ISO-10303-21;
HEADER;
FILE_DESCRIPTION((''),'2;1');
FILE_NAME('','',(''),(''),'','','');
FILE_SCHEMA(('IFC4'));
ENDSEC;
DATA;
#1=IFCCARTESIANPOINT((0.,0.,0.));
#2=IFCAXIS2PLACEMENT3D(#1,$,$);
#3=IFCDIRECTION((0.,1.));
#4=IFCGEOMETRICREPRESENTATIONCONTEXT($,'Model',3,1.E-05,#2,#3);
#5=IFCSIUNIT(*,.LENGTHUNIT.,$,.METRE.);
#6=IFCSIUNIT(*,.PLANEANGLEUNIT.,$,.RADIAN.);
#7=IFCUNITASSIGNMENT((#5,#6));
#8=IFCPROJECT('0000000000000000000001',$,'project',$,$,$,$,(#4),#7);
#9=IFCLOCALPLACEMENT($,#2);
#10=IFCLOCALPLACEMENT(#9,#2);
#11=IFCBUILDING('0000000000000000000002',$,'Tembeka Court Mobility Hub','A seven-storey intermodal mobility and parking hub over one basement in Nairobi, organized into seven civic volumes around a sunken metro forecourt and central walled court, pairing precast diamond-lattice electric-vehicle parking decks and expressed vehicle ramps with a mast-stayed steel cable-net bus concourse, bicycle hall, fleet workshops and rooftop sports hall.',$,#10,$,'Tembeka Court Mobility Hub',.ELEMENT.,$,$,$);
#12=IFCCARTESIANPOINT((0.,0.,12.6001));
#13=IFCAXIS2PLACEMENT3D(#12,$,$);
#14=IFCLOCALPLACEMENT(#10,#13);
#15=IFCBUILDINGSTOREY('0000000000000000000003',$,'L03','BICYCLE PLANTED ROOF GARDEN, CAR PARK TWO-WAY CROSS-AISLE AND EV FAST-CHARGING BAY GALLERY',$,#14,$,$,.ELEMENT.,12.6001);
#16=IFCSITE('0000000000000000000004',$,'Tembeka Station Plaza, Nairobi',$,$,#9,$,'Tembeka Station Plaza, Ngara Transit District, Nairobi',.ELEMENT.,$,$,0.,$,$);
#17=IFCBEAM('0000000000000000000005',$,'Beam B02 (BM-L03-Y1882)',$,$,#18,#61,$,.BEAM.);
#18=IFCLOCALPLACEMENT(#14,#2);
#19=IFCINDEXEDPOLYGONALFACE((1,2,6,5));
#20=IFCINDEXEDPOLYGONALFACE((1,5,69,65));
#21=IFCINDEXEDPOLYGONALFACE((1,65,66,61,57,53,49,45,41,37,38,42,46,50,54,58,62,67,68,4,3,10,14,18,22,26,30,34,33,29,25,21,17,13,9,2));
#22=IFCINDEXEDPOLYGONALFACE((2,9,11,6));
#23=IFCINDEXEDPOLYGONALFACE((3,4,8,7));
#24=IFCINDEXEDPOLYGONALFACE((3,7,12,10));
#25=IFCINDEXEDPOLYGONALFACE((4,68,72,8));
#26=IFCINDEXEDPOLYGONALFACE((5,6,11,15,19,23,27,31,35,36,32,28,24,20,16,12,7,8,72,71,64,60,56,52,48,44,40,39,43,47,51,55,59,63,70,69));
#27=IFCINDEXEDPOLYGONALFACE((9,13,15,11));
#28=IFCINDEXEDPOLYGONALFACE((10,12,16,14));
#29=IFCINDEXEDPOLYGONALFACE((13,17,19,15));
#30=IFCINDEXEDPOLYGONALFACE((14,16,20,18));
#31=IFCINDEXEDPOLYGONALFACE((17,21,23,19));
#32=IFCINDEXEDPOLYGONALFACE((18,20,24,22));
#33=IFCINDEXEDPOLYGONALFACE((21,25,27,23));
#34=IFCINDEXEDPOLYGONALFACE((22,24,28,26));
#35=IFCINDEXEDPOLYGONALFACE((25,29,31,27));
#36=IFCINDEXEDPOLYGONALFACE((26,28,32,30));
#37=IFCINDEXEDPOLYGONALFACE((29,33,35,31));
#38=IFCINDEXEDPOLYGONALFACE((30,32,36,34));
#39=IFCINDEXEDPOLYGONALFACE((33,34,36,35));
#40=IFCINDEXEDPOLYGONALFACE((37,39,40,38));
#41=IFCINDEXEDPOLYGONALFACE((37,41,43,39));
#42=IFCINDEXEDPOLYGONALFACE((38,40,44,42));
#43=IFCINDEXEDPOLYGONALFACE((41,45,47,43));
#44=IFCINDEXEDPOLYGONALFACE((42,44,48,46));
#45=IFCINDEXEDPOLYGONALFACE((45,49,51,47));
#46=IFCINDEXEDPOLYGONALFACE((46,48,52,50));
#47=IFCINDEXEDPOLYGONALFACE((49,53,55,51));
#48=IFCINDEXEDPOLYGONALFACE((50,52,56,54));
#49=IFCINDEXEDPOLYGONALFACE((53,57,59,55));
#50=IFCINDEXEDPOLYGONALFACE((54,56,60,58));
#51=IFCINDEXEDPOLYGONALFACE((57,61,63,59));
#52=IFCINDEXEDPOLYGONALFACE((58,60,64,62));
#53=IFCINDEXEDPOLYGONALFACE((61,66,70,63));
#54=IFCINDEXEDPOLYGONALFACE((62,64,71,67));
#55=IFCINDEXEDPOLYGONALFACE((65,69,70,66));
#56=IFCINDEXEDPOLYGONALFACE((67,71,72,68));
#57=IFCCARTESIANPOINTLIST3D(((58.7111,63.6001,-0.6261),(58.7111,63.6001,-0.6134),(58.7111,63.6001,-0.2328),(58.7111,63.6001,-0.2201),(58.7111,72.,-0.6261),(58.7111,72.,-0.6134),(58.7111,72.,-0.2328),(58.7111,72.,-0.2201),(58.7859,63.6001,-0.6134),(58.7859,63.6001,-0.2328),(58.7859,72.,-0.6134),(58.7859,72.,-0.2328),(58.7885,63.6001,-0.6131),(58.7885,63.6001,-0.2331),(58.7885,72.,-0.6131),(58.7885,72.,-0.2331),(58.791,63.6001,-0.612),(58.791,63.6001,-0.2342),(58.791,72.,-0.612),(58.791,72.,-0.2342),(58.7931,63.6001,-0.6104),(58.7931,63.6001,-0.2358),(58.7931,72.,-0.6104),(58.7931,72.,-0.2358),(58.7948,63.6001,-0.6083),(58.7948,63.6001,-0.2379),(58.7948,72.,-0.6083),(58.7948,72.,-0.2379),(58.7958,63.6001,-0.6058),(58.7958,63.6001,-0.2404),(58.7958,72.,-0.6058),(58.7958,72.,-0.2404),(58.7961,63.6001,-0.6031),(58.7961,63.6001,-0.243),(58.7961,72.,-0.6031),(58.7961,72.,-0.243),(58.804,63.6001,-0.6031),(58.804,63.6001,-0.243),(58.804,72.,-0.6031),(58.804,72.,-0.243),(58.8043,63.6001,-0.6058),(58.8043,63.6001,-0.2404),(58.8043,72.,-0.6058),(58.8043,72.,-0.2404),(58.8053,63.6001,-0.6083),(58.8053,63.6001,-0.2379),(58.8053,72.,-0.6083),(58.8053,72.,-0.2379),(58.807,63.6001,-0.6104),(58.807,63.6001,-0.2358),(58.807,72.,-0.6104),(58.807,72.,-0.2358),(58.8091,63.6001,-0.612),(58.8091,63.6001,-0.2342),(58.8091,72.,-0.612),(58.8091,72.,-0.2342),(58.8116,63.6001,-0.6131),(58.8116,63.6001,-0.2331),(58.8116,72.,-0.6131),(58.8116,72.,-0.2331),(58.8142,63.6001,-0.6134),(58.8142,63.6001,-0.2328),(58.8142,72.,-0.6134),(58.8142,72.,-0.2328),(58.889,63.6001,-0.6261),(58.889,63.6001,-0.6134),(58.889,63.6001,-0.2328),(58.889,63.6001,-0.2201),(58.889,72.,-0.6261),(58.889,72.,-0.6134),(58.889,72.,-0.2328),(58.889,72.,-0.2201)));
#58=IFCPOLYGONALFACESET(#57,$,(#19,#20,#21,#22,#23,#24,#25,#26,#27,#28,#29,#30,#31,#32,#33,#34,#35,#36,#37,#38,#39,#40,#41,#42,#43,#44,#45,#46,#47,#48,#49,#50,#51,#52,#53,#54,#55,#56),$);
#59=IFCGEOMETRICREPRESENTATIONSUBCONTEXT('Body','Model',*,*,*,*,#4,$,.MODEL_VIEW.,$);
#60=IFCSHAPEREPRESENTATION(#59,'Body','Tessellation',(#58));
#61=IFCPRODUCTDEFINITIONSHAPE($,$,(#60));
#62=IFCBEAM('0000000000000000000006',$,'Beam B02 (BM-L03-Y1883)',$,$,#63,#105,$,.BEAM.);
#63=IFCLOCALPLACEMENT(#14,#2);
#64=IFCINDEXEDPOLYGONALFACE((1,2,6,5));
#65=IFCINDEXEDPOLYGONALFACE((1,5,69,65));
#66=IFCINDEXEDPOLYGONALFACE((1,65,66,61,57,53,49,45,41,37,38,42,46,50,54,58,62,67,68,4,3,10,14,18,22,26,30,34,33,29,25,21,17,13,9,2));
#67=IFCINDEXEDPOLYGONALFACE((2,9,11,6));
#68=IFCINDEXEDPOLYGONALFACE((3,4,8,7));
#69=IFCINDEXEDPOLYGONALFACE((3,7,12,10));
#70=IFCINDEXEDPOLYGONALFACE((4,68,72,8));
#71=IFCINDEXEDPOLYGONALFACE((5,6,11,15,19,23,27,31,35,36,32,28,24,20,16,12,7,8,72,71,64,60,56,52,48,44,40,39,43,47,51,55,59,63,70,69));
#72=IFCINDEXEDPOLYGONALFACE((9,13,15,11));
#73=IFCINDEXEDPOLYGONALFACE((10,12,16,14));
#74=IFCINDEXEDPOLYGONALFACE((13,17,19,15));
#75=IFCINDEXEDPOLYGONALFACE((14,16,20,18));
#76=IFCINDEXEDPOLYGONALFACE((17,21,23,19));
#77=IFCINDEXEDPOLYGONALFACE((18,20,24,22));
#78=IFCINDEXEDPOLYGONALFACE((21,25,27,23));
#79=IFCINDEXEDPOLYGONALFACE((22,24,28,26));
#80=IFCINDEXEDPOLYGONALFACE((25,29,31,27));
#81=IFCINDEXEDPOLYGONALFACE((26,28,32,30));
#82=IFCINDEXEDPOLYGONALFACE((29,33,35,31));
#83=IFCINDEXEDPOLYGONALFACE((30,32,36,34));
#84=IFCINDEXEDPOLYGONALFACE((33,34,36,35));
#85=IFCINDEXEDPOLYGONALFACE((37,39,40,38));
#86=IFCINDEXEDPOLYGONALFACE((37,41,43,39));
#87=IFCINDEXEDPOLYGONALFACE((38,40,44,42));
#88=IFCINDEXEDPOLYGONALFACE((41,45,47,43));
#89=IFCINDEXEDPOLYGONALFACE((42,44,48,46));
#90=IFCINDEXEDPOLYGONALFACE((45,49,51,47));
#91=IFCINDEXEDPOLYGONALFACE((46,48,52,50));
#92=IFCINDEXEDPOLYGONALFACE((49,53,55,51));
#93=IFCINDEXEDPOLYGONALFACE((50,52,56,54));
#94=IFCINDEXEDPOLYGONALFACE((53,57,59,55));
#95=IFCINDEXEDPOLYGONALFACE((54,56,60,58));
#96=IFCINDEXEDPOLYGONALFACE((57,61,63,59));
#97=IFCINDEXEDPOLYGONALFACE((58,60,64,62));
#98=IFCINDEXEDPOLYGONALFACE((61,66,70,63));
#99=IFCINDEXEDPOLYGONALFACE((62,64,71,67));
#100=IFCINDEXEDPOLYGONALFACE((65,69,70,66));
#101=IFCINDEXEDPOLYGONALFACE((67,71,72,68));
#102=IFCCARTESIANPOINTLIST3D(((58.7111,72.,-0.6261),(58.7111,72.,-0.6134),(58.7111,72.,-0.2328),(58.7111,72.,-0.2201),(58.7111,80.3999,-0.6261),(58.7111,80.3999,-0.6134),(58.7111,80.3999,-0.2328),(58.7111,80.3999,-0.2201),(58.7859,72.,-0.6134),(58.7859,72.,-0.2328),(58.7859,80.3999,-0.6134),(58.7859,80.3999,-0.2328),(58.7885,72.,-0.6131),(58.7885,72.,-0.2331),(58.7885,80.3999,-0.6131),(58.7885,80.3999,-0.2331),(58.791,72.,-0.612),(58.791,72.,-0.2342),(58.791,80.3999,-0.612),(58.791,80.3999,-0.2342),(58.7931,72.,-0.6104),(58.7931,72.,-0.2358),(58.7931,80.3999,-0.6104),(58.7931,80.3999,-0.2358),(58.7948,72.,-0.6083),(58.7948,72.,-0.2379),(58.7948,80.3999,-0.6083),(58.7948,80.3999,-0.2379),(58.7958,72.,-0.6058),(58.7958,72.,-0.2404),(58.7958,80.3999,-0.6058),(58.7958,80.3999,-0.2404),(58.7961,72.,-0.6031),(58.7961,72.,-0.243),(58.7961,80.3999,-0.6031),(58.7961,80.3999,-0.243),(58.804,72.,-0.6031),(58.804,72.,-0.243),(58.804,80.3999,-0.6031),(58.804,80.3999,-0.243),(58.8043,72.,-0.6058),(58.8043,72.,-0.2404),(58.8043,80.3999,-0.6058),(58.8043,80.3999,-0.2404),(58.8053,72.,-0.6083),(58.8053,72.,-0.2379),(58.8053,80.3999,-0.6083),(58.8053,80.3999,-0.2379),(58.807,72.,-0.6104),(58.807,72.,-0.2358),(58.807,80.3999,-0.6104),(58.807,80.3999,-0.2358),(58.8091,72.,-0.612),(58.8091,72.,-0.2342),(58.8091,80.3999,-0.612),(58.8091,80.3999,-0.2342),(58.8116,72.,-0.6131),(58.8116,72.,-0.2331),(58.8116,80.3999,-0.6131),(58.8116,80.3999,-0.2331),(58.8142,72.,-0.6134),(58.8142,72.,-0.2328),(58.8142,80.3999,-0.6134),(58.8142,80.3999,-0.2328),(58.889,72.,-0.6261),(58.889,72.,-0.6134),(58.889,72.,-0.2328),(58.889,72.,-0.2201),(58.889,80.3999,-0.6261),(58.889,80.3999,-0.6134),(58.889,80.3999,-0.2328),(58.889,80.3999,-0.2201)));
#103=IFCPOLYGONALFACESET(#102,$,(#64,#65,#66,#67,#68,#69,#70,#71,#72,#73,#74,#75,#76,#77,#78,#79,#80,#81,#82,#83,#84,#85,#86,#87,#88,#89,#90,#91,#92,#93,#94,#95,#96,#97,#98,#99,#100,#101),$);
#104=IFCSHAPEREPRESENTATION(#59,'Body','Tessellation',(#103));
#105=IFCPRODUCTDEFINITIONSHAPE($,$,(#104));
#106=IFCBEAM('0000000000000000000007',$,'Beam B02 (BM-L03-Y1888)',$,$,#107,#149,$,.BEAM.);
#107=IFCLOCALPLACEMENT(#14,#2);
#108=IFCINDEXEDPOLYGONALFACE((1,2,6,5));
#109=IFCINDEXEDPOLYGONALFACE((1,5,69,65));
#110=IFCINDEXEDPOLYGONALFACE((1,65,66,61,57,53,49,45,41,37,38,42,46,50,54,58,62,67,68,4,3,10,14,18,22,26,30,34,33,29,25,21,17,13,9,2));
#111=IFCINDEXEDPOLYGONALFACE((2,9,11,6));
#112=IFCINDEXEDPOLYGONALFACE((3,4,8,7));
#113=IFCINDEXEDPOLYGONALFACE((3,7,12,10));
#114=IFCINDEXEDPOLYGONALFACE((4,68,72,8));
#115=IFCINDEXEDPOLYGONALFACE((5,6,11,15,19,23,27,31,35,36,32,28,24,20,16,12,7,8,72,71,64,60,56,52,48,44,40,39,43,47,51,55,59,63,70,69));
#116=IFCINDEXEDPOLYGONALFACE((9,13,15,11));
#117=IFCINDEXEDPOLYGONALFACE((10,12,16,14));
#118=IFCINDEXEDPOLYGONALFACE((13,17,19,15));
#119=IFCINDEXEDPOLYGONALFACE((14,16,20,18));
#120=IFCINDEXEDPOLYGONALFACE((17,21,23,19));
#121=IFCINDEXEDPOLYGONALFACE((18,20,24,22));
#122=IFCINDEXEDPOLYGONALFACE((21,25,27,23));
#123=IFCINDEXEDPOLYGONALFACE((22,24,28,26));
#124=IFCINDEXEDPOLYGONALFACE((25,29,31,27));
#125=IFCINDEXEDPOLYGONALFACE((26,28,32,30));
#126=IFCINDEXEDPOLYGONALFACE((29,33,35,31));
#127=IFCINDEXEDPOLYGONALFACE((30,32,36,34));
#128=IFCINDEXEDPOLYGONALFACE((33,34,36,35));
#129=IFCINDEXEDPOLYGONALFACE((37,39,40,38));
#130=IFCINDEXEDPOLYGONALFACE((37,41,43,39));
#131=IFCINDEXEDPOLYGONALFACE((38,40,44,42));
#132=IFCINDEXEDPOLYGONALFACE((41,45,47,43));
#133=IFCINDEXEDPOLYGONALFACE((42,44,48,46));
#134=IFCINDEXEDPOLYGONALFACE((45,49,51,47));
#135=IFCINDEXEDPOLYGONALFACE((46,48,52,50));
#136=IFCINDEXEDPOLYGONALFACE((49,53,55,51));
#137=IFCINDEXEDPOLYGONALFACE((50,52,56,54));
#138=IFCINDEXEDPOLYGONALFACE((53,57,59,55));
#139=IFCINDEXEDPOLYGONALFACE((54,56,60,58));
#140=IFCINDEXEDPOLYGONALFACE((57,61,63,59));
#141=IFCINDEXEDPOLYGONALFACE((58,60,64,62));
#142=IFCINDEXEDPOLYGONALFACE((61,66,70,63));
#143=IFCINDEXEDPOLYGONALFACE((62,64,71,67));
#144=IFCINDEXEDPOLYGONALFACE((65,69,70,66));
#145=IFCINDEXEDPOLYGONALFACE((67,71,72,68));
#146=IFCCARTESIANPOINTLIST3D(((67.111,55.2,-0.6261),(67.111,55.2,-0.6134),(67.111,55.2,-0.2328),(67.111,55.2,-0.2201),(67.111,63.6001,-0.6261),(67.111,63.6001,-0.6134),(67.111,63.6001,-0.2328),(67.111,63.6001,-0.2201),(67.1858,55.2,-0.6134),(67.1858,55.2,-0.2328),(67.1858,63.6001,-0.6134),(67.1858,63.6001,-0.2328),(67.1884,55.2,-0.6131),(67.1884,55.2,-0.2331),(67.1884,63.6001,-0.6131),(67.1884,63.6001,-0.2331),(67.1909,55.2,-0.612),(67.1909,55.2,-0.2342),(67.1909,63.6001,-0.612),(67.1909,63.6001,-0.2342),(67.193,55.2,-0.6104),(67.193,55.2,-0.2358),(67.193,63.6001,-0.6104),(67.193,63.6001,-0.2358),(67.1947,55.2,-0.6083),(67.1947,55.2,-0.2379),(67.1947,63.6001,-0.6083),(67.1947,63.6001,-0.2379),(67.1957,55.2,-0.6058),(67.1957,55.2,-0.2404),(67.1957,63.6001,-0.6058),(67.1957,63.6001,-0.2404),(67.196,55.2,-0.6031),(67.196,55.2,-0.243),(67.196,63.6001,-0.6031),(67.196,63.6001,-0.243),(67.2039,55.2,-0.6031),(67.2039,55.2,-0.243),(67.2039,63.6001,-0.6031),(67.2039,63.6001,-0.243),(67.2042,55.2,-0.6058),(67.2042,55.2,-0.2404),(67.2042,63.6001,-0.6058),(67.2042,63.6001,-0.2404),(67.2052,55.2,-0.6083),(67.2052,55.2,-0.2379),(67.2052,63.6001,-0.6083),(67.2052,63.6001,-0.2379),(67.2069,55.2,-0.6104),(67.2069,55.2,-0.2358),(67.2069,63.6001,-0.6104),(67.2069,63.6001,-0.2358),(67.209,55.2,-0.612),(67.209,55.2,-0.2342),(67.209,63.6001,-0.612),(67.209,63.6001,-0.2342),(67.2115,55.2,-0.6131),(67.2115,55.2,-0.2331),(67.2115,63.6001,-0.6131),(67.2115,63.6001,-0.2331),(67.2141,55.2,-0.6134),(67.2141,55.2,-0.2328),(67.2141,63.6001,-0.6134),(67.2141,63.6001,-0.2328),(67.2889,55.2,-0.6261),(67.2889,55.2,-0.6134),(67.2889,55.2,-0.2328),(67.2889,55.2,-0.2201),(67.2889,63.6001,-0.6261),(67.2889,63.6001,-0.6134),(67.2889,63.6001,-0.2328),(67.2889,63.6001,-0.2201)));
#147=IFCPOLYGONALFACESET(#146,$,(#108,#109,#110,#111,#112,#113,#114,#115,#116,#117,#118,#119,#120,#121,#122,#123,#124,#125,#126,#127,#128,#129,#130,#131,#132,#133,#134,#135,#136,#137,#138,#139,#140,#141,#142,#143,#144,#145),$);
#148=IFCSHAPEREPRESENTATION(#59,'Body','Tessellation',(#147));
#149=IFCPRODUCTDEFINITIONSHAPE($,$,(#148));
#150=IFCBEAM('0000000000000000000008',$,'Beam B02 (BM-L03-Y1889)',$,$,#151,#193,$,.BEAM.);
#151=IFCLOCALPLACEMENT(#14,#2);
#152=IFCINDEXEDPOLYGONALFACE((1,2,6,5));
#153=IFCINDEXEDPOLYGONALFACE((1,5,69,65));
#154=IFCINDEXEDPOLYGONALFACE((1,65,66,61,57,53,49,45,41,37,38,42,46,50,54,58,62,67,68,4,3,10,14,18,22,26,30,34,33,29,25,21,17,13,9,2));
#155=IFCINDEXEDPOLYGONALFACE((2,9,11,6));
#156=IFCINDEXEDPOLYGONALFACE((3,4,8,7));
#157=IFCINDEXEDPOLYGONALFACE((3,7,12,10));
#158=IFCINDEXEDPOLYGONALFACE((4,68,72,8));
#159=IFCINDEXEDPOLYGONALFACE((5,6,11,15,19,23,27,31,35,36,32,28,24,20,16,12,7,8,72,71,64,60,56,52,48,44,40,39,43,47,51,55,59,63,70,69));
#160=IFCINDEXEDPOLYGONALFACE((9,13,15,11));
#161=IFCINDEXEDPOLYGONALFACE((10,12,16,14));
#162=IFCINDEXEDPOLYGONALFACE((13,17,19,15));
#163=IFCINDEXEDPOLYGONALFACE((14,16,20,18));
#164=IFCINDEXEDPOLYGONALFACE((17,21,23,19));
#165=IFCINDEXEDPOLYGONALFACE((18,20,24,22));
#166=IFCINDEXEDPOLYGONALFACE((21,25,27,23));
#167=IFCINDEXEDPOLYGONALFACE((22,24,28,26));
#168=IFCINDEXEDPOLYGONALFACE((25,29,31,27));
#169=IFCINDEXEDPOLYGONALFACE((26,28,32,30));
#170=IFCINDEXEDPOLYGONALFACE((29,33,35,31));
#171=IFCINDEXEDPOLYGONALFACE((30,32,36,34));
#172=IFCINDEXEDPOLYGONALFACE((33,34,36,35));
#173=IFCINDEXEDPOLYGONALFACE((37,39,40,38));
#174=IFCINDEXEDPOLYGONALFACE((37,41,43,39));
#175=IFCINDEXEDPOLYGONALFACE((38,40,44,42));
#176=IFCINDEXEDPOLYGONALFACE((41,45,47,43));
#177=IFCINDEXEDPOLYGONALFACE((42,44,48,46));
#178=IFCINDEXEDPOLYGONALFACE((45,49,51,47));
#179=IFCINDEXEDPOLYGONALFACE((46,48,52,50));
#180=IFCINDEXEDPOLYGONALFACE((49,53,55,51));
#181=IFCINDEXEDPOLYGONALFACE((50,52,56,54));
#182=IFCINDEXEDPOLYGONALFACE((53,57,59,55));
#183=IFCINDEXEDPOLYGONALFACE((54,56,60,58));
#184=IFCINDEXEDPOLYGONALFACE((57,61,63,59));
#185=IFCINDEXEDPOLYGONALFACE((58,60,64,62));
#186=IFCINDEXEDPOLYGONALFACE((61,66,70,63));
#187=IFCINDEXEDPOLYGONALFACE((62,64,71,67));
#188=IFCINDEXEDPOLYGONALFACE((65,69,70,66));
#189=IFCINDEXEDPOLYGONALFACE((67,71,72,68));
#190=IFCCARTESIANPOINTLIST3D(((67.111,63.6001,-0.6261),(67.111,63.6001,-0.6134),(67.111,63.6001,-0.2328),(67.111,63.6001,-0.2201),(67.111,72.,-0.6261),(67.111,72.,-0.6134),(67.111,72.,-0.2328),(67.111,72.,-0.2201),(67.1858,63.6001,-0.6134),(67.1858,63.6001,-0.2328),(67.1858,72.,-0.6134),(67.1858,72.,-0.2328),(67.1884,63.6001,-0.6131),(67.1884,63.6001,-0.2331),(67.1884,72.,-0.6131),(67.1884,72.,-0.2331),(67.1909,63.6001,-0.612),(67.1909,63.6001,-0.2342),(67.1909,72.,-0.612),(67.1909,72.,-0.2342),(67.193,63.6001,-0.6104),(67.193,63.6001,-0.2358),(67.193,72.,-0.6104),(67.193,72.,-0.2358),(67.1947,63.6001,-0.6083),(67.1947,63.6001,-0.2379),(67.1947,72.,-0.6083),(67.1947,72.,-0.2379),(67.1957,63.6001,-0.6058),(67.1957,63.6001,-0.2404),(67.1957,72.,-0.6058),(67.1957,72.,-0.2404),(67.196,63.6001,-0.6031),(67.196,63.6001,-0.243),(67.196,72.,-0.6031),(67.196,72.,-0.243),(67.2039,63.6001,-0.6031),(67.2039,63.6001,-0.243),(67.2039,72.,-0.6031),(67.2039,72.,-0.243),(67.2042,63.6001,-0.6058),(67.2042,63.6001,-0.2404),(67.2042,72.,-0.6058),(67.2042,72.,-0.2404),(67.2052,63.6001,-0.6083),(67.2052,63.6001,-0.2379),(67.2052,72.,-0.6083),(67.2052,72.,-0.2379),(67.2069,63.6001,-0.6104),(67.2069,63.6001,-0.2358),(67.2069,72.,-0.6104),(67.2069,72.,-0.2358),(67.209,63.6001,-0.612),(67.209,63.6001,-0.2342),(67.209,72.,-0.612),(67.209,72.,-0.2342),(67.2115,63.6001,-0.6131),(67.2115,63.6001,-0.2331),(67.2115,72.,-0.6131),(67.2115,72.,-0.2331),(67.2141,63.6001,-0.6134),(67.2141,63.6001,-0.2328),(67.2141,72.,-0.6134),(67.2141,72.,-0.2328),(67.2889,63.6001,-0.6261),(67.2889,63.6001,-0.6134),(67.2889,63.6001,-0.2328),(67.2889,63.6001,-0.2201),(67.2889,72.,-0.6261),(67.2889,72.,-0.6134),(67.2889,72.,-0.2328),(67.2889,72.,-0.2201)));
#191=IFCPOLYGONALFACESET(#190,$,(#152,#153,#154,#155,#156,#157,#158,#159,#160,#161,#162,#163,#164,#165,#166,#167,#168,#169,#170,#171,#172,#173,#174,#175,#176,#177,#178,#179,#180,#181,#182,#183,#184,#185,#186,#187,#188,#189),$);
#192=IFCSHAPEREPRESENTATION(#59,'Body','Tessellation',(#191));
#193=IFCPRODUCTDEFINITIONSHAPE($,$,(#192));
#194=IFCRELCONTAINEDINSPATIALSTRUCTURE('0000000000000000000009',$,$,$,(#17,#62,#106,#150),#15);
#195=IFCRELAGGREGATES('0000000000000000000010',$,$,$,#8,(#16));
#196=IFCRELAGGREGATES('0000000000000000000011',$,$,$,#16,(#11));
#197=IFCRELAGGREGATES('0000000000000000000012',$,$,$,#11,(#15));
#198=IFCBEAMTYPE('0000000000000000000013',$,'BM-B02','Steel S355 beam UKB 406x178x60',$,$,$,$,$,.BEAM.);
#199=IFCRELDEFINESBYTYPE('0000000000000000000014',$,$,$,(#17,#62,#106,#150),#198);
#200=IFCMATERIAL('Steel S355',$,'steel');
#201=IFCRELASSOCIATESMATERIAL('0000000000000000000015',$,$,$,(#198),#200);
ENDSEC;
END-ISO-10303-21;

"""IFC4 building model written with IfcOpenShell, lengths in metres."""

from ifc_helpers import new_model, si_unit, direction, frame, origin, origin_2d, place, context, subcontext, project, spatial, i_section, extrude, material, material_profile, profile_set, type_object, element, save


model = new_model("IFC4")

# Units and contexts
model_context = context("Model", 3, precision=1e-05, world=origin(), true_north=direction((0.0, 1.0)))
body_context = subcontext(model_context, "Body", "Model", "MODEL_VIEW")
ifc_project = project(units=[si_unit("LENGTHUNIT", "METRE"), si_unit("PLANEANGLEUNIT", "RADIAN")], contexts=[model_context])

# Site, building, storey
site_placement = place(None, origin())
site = spatial("IfcSite", under=ifc_project, at=site_placement, Name="Tembeka Station Plaza, Nairobi", LongName="Tembeka Station Plaza, Ngara Transit District, Nairobi", CompositionType="ELEMENT", RefElevation=0.0)
building_placement = place(site_placement, origin())
building = spatial("IfcBuilding", under=site, at=building_placement, Name="Tembeka Court Mobility Hub", Description="A seven-storey intermodal mobility and parking hub over one basement in Nairobi, organized into seven civic volumes around a sunken metro forecourt and central walled court, pairing precast diamond-lattice electric-vehicle parking decks and expressed vehicle ramps with a mast-stayed steel cable-net bus concourse, bicycle hall, fleet workshops and rooftop sports hall.", LongName="Tembeka Court Mobility Hub", CompositionType="ELEMENT")
storey_placement = place(building_placement, frame((0.0, 0.0, 12.6001)))
storey = spatial("IfcBuildingStorey", under=building, at=storey_placement, Name="L03", Description="BICYCLE PLANTED ROOF GARDEN, CAR PARK TWO-WAY CROSS-AISLE AND EV FAST-CHARGING BAY GALLERY", CompositionType="ELEMENT", Elevation=12.6001)

# Shared definitions
ifc_material_1 = material(Name="Steel S355", Category="steel")

# Beams
ifc_material_profile_1 = material_profile(ifc_material_1, i_section(OverallWidth=0.178, OverallDepth=0.406, WebThickness=0.0078, FlangeThickness=0.0127, FilletRadius=0.0103, at=origin_2d()), Name="UKB 406x178x60")
ifc_profile_set_1 = profile_set([ifc_material_profile_1], Name="Steel S355")
beam_type_1 = type_object("IfcBeamType", Name="BM-B02", Description="Steel S355 beam UKB 406x178x60", PredefinedType="BEAM", material=ifc_profile_set_1)
for number, where, z_axis, x_axis, name in (
    (1, (58.8, 63.6001, -0.4231), (0.0, 1.0, 0.0), (-1.0, 0.0, 0.0), "Beam B02 (BM-L03-Y1882)"),
    (2, (58.8, 72.0, -0.4231), (0.0, 1.0, 0.0), (-1.0, 0.0, 0.0), "Beam B02 (BM-L03-Y1883)"),
):
    element("IfcBeam", number, at=place(storey_placement, frame(where, z_axis=z_axis, x_axis=x_axis)), inside=storey, type_object=beam_type_1, Name=name, PredefinedType="BEAM", context=body_context, shape_type="SweptSolid", body=[
        extrude(i_section(OverallWidth=0.178, OverallDepth=0.406, WebThickness=0.0078, FlangeThickness=0.0127, FilletRadius=0.0103, at=origin_2d()), origin(), (0.0, 0.0, 1.0), 8.3999),
    ])
beam_1_placement = place(storey_placement, frame((67.2, 55.2, -0.4231), z_axis=(0.0, 1.0, 0.0), x_axis=(-1.0, 0.0, 0.0)))
element("IfcBeam", 3, at=beam_1_placement, inside=storey, type_object=beam_type_1, Name="Beam B02 (BM-L03-Y1888)", PredefinedType="BEAM", context=body_context, shape_type="SweptSolid", body=[
    extrude(i_section(OverallWidth=0.178, OverallDepth=0.406, WebThickness=0.0078, FlangeThickness=0.0127, FilletRadius=0.0103, at=origin_2d()), origin(), (0.0, 0.0, 1.0), 8.4001),
])
beam_2_placement = place(storey_placement, frame((67.2, 63.6001, -0.4231), z_axis=(0.0, 1.0, 0.0), x_axis=(-1.0, 0.0, 0.0)))
element("IfcBeam", 4, at=beam_2_placement, inside=storey, type_object=beam_type_1, Name="Beam B02 (BM-L03-Y1889)", PredefinedType="BEAM", context=body_context, shape_type="SweptSolid", body=[
    extrude(i_section(OverallWidth=0.178, OverallDepth=0.406, WebThickness=0.0078, FlangeThickness=0.0127, FilletRadius=0.0103, at=origin_2d()), origin(), (0.0, 0.0, 1.0), 8.3999),
])

save(model, "model.ifc")
